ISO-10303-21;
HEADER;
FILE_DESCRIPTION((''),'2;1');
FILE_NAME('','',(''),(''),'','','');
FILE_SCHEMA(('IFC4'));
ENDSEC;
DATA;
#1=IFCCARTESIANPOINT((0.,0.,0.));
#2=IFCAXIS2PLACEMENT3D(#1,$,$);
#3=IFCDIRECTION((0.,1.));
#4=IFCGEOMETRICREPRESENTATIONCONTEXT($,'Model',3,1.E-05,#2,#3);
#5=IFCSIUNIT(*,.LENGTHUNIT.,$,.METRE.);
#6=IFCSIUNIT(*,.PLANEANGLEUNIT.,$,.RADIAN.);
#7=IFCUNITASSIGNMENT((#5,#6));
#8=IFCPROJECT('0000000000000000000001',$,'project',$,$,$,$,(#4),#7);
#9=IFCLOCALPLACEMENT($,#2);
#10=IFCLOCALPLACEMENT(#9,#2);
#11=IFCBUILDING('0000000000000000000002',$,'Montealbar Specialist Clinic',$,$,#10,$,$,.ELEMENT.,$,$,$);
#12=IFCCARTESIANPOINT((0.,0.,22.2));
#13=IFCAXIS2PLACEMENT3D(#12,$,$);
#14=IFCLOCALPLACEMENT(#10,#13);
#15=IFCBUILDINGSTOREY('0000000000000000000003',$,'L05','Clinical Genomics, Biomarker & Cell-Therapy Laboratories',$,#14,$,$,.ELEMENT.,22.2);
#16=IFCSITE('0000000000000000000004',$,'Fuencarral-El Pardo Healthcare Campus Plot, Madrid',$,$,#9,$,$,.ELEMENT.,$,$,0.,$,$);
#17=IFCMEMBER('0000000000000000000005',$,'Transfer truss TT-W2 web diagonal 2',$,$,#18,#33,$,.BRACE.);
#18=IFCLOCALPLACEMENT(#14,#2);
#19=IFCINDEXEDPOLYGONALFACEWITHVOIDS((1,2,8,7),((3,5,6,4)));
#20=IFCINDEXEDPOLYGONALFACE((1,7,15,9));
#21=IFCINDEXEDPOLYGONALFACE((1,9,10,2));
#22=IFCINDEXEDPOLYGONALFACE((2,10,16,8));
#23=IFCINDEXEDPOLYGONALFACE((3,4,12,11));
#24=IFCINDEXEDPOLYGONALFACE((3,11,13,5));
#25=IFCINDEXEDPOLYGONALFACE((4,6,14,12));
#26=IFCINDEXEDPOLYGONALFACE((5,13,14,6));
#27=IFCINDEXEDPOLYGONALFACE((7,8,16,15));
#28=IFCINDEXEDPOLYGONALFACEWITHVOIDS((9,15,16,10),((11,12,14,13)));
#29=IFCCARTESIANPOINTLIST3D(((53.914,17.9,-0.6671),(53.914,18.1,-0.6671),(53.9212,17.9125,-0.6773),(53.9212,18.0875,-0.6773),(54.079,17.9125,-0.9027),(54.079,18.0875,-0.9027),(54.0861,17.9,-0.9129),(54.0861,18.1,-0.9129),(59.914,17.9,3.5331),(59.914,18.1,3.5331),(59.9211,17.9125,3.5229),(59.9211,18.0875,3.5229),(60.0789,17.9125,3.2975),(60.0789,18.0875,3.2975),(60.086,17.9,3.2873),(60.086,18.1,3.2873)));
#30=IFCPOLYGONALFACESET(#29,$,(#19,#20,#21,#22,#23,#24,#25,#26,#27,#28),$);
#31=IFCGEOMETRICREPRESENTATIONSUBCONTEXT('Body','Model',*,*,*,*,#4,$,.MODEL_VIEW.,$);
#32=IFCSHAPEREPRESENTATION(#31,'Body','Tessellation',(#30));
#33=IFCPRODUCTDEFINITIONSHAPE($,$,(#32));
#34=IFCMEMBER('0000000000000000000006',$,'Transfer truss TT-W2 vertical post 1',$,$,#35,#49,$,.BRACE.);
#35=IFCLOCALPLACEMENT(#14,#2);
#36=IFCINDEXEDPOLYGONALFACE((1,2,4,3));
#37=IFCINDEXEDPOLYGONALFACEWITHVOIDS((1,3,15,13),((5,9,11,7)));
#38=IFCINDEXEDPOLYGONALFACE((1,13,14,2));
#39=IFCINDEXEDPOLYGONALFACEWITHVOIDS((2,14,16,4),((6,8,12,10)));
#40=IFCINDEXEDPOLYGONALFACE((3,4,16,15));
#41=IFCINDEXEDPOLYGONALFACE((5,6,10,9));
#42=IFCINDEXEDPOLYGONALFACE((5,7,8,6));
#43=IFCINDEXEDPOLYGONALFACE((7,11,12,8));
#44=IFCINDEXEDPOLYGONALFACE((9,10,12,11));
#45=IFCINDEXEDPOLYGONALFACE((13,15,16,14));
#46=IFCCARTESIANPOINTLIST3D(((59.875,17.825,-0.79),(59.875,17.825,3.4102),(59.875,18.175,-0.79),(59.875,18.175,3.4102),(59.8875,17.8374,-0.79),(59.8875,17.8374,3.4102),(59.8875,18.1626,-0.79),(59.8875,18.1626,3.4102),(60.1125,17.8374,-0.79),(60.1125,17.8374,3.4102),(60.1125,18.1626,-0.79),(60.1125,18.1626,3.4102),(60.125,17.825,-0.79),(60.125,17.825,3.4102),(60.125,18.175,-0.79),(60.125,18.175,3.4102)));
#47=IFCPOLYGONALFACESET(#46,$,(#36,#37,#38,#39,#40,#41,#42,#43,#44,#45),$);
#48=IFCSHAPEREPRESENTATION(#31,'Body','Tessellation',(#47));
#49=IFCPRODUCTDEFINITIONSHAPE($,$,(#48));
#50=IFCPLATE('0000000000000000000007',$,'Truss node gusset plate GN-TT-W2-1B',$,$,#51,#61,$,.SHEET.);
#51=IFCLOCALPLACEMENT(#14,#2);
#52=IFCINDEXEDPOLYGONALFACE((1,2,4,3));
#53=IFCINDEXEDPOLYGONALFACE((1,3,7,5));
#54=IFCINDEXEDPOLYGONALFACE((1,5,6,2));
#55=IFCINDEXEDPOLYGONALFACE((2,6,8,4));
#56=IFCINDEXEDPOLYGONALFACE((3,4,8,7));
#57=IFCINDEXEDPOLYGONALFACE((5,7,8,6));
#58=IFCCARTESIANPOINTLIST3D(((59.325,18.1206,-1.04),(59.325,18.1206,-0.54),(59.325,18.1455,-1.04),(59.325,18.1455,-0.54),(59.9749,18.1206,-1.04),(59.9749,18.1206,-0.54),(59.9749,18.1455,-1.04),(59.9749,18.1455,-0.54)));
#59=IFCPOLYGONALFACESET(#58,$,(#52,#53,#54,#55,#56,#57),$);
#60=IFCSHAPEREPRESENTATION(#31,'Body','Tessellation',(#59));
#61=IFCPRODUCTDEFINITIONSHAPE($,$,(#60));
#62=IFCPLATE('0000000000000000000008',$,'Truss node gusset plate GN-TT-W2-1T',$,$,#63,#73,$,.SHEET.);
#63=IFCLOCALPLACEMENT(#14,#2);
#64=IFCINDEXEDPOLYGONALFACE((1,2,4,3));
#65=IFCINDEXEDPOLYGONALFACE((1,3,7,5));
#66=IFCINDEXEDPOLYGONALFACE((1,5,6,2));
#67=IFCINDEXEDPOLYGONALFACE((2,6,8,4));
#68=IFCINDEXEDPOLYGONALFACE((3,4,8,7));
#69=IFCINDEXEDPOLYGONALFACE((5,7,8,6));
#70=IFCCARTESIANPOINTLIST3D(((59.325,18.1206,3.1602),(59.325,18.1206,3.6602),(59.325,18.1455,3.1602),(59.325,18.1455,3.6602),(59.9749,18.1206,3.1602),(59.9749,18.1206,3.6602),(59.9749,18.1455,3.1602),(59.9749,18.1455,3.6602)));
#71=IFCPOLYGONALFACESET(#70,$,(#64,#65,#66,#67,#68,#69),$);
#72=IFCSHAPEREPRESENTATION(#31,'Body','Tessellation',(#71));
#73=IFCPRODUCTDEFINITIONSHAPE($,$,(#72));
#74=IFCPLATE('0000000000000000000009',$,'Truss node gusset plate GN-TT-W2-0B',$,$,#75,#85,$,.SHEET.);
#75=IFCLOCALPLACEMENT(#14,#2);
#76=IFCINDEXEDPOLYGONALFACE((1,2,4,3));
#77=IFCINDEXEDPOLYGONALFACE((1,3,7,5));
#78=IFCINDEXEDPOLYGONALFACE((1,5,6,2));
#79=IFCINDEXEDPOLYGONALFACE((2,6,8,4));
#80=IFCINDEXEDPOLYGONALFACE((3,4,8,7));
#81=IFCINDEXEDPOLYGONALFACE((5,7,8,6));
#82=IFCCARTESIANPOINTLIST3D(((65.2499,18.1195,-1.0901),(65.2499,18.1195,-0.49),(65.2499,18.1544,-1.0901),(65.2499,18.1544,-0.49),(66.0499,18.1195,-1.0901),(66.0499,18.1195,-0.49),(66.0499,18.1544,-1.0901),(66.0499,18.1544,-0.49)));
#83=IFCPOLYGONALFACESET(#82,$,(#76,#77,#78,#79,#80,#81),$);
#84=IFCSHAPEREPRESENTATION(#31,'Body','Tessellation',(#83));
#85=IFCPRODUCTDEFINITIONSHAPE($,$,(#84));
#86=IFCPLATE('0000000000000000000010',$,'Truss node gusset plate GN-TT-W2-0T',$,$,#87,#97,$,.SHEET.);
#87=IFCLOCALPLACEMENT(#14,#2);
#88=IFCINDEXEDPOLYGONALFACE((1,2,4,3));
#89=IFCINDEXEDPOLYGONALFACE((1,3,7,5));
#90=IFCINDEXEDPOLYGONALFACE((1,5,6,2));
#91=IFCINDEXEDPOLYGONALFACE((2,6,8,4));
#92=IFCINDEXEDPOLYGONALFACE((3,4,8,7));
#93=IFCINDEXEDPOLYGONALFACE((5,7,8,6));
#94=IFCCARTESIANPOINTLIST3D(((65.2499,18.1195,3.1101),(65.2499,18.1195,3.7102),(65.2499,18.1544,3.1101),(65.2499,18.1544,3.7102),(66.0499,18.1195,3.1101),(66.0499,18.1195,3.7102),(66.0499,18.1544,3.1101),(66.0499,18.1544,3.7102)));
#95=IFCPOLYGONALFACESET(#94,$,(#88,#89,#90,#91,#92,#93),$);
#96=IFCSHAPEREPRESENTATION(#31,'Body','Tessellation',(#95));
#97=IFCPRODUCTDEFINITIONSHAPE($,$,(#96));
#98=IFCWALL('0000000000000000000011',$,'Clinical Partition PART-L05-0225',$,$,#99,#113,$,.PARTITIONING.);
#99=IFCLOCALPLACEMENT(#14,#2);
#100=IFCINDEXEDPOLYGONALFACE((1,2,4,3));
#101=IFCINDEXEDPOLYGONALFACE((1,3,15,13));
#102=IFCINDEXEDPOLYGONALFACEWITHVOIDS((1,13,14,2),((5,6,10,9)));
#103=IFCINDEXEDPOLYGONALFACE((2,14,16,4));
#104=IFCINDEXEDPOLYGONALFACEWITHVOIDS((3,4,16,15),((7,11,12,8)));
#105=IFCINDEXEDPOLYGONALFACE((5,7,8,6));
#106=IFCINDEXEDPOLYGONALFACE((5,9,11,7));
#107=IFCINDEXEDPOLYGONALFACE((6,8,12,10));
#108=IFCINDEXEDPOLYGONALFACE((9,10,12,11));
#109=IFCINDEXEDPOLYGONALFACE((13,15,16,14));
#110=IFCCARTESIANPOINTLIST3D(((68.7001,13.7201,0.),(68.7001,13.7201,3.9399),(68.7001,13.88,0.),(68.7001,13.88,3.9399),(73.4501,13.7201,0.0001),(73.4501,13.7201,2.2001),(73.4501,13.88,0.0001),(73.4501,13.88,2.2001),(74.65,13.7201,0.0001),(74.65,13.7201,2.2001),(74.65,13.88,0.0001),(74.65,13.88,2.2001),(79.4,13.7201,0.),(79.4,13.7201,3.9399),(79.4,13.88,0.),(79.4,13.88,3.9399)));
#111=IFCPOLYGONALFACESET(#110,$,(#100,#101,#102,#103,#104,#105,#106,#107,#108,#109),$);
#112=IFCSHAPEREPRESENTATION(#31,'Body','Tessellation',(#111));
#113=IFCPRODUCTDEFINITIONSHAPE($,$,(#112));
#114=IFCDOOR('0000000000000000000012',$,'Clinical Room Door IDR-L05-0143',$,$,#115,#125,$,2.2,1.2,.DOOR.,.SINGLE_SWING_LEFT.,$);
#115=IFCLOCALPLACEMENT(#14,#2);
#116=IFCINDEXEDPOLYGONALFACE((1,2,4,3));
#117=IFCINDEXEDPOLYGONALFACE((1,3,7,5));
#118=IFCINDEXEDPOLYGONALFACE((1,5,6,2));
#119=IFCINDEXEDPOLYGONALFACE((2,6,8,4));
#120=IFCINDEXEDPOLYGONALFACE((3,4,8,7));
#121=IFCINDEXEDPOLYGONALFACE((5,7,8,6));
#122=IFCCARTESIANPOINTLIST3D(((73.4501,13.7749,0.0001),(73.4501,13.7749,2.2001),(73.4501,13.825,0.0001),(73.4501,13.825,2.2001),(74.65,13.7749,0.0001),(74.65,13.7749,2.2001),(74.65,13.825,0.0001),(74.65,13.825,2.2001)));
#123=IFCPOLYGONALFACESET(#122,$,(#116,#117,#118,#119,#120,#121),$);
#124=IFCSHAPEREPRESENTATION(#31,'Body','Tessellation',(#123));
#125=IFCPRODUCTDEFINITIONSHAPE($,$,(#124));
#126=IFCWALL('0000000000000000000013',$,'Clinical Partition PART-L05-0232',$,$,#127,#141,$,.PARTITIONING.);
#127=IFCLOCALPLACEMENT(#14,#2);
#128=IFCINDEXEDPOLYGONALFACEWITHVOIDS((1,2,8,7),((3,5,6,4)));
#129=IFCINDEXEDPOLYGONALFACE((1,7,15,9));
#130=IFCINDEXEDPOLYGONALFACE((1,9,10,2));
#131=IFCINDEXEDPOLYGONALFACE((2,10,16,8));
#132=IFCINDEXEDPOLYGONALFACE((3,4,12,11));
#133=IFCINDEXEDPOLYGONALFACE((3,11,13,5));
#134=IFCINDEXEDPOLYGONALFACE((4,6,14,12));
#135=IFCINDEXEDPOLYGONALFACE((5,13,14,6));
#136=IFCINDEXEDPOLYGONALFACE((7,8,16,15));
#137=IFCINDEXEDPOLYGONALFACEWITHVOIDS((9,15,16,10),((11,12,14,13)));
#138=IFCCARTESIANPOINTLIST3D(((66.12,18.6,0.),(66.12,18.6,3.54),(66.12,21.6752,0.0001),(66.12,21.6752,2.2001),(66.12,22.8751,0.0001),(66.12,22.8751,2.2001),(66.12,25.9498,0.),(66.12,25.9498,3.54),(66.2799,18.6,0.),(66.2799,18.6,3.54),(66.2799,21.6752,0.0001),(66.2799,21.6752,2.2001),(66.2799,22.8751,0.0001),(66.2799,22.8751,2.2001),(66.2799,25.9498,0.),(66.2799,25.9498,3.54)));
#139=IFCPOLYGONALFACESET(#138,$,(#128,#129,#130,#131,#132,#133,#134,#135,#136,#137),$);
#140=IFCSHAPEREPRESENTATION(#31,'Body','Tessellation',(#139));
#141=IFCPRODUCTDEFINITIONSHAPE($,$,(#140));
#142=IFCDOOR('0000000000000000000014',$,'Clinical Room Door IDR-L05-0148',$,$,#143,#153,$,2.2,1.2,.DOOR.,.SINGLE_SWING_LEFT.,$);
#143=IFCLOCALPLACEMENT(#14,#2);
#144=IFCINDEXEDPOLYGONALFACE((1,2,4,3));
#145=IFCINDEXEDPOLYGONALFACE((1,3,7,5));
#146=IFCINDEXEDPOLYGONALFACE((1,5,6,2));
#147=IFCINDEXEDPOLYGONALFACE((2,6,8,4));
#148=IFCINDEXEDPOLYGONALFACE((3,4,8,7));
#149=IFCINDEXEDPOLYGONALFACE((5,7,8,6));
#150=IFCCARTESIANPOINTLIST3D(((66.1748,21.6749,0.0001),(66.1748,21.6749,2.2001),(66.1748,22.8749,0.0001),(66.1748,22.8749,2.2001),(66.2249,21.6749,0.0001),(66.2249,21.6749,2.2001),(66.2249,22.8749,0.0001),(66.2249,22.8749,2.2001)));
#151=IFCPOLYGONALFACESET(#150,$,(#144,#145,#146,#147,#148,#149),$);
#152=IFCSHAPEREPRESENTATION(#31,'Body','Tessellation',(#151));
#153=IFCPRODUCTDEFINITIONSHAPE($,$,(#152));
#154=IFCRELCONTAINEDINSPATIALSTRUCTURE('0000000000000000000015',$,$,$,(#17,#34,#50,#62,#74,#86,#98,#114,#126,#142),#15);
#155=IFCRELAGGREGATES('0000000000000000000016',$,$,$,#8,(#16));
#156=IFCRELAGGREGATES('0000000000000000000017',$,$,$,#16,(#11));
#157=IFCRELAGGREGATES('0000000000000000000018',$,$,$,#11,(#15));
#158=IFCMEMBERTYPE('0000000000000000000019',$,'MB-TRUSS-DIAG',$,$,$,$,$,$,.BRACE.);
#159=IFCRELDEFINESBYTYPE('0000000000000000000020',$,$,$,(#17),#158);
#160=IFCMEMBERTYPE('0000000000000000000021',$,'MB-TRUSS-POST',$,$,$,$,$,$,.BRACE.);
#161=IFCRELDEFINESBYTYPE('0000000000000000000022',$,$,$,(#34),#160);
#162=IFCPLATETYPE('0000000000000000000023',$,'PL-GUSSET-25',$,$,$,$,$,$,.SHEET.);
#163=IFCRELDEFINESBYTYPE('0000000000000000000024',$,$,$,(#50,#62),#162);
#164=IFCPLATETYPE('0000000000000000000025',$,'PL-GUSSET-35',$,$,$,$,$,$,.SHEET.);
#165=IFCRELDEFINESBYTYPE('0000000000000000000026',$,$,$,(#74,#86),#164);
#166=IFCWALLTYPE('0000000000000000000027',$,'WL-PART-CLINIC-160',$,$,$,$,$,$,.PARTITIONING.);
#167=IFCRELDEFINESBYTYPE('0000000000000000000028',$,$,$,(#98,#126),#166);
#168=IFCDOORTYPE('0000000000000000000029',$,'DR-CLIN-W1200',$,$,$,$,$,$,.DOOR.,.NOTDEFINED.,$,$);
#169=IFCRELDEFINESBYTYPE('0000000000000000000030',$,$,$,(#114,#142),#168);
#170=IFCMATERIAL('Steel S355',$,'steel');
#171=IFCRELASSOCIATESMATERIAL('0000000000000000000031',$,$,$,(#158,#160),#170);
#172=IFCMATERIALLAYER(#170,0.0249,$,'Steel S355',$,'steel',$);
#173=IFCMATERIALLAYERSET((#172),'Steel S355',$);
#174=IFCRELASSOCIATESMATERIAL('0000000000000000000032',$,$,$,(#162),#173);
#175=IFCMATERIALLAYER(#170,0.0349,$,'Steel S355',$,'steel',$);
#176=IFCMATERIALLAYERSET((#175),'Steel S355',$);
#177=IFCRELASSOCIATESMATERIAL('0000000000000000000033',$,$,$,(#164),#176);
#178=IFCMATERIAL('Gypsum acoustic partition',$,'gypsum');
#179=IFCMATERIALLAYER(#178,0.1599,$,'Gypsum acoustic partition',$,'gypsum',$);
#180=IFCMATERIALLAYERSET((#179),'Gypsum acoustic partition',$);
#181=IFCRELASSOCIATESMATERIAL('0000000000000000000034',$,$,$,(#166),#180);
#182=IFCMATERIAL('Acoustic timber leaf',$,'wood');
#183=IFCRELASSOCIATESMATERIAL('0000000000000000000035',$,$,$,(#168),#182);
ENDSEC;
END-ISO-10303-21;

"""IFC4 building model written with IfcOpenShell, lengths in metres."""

from ifc_helpers import new_model, si_unit, direction, frame, frame_2d, origin, origin_2d, place, context, subcontext, project, spatial, rectangle, hollow_rectangle, extrude, material, layer, layer_set, material_profile, profile_set, type_object, element, fill, save


model = new_model("IFC4")

# Units and contexts
model_context = context("Model", 3, precision=1e-05, world=origin(), true_north=direction((0.0, 1.0)))
body_context = subcontext(model_context, "Body", "Model", "MODEL_VIEW")
ifc_project = project(units=[si_unit("LENGTHUNIT", "METRE"), si_unit("PLANEANGLEUNIT", "RADIAN")], contexts=[model_context])

# Site, building, storey
site_placement = place(None, origin())
site = spatial("IfcSite", under=ifc_project, at=site_placement, Name="Fuencarral-El Pardo Healthcare Campus Plot, Madrid", CompositionType="ELEMENT", RefElevation=0.0)
building_placement = place(site_placement, origin())
building = spatial("IfcBuilding", under=site, at=building_placement, Name="Montealbar Specialist Clinic", CompositionType="ELEMENT")
storey_placement = place(building_placement, frame((0.0, 0.0, 22.2)))
storey = spatial("IfcBuildingStorey", under=building, at=storey_placement, Name="L05", Description="Clinical Genomics, Biomarker & Cell-Therapy Laboratories", CompositionType="ELEMENT", Elevation=22.2)

# Shared definitions
ifc_material_1 = material(Name="Steel S355", Category="steel")

# Members
ifc_material_profile_1 = material_profile(ifc_material_1, hollow_rectangle(XDim=0.2, YDim=0.3, WallThickness=0.0125, at=origin_2d()), Name="RHS 300x200x12.5", Category="steel")
ifc_profile_set_1 = profile_set([ifc_material_profile_1], Name="Steel S355")
member_type_1 = type_object("IfcMemberType", Name="MB-TRUSS-DIAG", PredefinedType="BRACE", material=ifc_profile_set_1)
for number, where, z_axis, x_axis, name in (
    (1, (60.0, 18.0, 3.4102), (-0.819219, 0.0, -0.57348), (0.0, -1.0, 0.0), "Transfer truss TT-W2 web diagonal 2"),
):
    element("IfcMember", number, at=place(storey_placement, frame(where, z_axis=z_axis, x_axis=x_axis)), inside=storey, type_object=member_type_1, Name=name, PredefinedType="BRACE", context=body_context, shape_type="SweptSolid", body=[
        extrude(hollow_rectangle(XDim=0.2, YDim=0.3, WallThickness=0.0125, at=origin_2d()), origin(), (0.0, 0.0, 1.0), 7.324),
    ])
ifc_material_profile_2 = material_profile(ifc_material_1, hollow_rectangle(XDim=0.25, YDim=0.3501, WallThickness=0.0125, at=origin_2d()), Name="RHS 350x250x12.5", Category="steel")
ifc_profile_set_2 = profile_set([ifc_material_profile_2], Name="Steel S355")
member_type_2 = type_object("IfcMemberType", Name="MB-TRUSS-POST", PredefinedType="BRACE", material=ifc_profile_set_2)
member_placement = place(storey_placement, frame((60.0, 18.0, -0.79), z_axis=(0.0, 0.0, 1.0), x_axis=(1.0, 0.0, 0.0)))
element("IfcMember", 2, at=member_placement, inside=storey, type_object=member_type_2, Name="Transfer truss TT-W2 vertical post 1", PredefinedType="BRACE", context=body_context, shape_type="SweptSolid", body=[
    extrude(hollow_rectangle(XDim=0.25, YDim=0.3501, WallThickness=0.0125, at=origin_2d()), origin(), (0.0, 0.0, 1.0), 4.2002),
])

# Plates
ifc_layer_1 = layer(ifc_material_1, 0.0249, Name="Steel S355", Category="steel")
ifc_layer_set_1 = layer_set([ifc_layer_1], Name="Steel S355")
plate_type_1 = type_object("IfcPlateType", Name="PL-GUSSET-25", PredefinedType="SHEET", material=ifc_layer_set_1)
for number, where, z_axis, x_axis, name in (
    (3, (59.6499, 18.1331, -1.04), (0.0, 0.0, 1.0), (1.0, 0.0, 0.0), "Truss node gusset plate GN-TT-W2-1B"),
    (4, (59.6499, 18.1331, 3.1602), (0.0, 0.0, 1.0), (1.0, 0.0, 0.0), "Truss node gusset plate GN-TT-W2-1T"),
):
    element("IfcPlate", number, at=place(storey_placement, frame(where, z_axis=z_axis, x_axis=x_axis)), inside=storey, type_object=plate_type_1, Name=name, PredefinedType="SHEET", context=body_context, shape_type="SweptSolid", body=[
        extrude(rectangle(XDim=0.6499, YDim=0.0249, at=origin_2d()), origin(), (0.0, 0.0, 1.0), 0.5),
    ])
ifc_layer_2 = layer(ifc_material_1, 0.0349, Name="Steel S355", Category="steel")
ifc_layer_set_2 = layer_set([ifc_layer_2], Name="Steel S355")
plate_type_2 = type_object("IfcPlateType", Name="PL-GUSSET-35", PredefinedType="SHEET", material=ifc_layer_set_2)
for number, where, z_axis, x_axis, name in (
    (5, (65.6499, 18.137, -1.0901), (0.0, 0.0, 1.0), (1.0, 0.0, 0.0), "Truss node gusset plate GN-TT-W2-0B"),
    (6, (65.6499, 18.137, 3.1101), (0.0, 0.0, 1.0), (1.0, 0.0, 0.0), "Truss node gusset plate GN-TT-W2-0T"),
):
    element("IfcPlate", number, at=place(storey_placement, frame(where, z_axis=z_axis, x_axis=x_axis)), inside=storey, type_object=plate_type_2, Name=name, PredefinedType="SHEET", context=body_context, shape_type="SweptSolid", body=[
        extrude(rectangle(XDim=0.8, YDim=0.0349, at=origin_2d()), origin(), (0.0, 0.0, 1.0), 0.6001),
    ])

# Walls, openings, doors
ifc_material_2 = material(Name="Gypsum acoustic partition", Category="gypsum")
ifc_layer_3 = layer(ifc_material_2, 0.1599, Name="Gypsum acoustic partition", Category="gypsum")
ifc_layer_set_3 = layer_set([ifc_layer_3], Name="Gypsum acoustic partition")
wall_type = type_object("IfcWallType", Name="WL-PART-CLINIC-160", PredefinedType="PARTITIONING", material=ifc_layer_set_3)
wall_1_placement = place(storey_placement, frame((68.7, 13.8, 0.0), z_axis=(0.0, 0.0, 1.0), x_axis=(1.0, 0.0, 0.0)))
wall_1 = element("IfcWall", 7, at=wall_1_placement, inside=storey, type_object=wall_type, Name="Clinical Partition PART-L05-0225", PredefinedType="PARTITIONING", context=body_context, shape_type="SweptSolid", body=[
    extrude(rectangle(XDim=10.7, YDim=0.1599, at=frame_2d((5.3501, 0.0))), origin(), (0.0, 0.0, 1.0), 3.9399),
])
opening_1_placement = place(wall_1_placement, frame((4.75, 0.0, 0.0)))
opening_1 = element("IfcOpeningElement", 8, at=opening_1_placement, cuts=wall_1, PredefinedType="OPENING", context=body_context, shape_type="SweptSolid", body=[
    extrude(rectangle(XDim=1.2, YDim=2.2, at=frame_2d((0.6001, 1.1001))), frame((0.0, 0.0898, 0.0), z_axis=(0.0, -1.0, 0.0), x_axis=(1.0, 0.0, 0.0)), (0.0, 0.0, 1.0), 0.1799),
])
ifc_material_3 = material(Name="Acoustic timber leaf", Category="wood")
door_type = type_object("IfcDoorType", Name="DR-CLIN-W1200", OperationType="NOTDEFINED", PredefinedType="DOOR", material=ifc_material_3)
door_1_placement = place(opening_1_placement, origin())
door_1 = element("IfcDoor", 9, at=door_1_placement, inside=storey, type_object=door_type, Name="Clinical Room Door IDR-L05-0143", OperationType="SINGLE_SWING_LEFT", OverallHeight=2.2, OverallWidth=1.2, PredefinedType="DOOR", context=body_context, shape_type="SweptSolid", body=[
    extrude(rectangle(XDim=1.2, YDim=2.2, at=frame_2d((0.6001, 1.1001))), frame((0.0, 0.0249, 0.0), z_axis=(0.0, -1.0, 0.0), x_axis=(1.0, 0.0, 0.0)), (0.0, 0.0, 1.0), 0.05),
])
fill(opening_1, door_1)
wall_2_placement = place(storey_placement, frame((66.2, 18.6001, 0.0), z_axis=(0.0, 0.0, 1.0), x_axis=(0.0, 1.0, 0.0)))
wall_2 = element("IfcWall", 10, at=wall_2_placement, inside=storey, type_object=wall_type, Name="Clinical Partition PART-L05-0232", PredefinedType="PARTITIONING", context=body_context, shape_type="SweptSolid", body=[
    extrude(rectangle(XDim=7.3499, YDim=0.1599, at=frame_2d((3.6748, 0.0))), origin(), (0.0, 0.0, 1.0), 3.54),
])
opening_2_placement = place(wall_2_placement, frame((3.075, 0.0, 0.0)))
opening_2 = element("IfcOpeningElement", 11, at=opening_2_placement, cuts=wall_2, PredefinedType="OPENING", context=body_context, shape_type="SweptSolid", body=[
    extrude(rectangle(XDim=1.2, YDim=2.2, at=frame_2d((0.6001, 1.1001))), frame((0.0, 0.0898, 0.0), z_axis=(0.0, -1.0, 0.0), x_axis=(1.0, 0.0, 0.0)), (0.0, 0.0, 1.0), 0.1799),
])
door_2_placement = place(opening_2_placement, frame((1.2, 0.0, 0.0), z_axis=(0.0, 0.0, 1.0), x_axis=(-1.0, 0.0, 0.0)))
door_2 = element("IfcDoor", 12, at=door_2_placement, inside=storey, type_object=door_type, Name="Clinical Room Door IDR-L05-0148", OperationType="SINGLE_SWING_LEFT", OverallHeight=2.2, OverallWidth=1.2, PredefinedType="DOOR", context=body_context, shape_type="SweptSolid", body=[
    extrude(rectangle(XDim=1.2, YDim=2.2, at=frame_2d((0.6001, 1.1001))), frame((0.0, 0.0249, 0.0), z_axis=(0.0, -1.0, 0.0), x_axis=(1.0, 0.0, 0.0)), (0.0, 0.0, 1.0), 0.05),
])
fill(opening_2, door_2)

save(model, "model.ifc")
